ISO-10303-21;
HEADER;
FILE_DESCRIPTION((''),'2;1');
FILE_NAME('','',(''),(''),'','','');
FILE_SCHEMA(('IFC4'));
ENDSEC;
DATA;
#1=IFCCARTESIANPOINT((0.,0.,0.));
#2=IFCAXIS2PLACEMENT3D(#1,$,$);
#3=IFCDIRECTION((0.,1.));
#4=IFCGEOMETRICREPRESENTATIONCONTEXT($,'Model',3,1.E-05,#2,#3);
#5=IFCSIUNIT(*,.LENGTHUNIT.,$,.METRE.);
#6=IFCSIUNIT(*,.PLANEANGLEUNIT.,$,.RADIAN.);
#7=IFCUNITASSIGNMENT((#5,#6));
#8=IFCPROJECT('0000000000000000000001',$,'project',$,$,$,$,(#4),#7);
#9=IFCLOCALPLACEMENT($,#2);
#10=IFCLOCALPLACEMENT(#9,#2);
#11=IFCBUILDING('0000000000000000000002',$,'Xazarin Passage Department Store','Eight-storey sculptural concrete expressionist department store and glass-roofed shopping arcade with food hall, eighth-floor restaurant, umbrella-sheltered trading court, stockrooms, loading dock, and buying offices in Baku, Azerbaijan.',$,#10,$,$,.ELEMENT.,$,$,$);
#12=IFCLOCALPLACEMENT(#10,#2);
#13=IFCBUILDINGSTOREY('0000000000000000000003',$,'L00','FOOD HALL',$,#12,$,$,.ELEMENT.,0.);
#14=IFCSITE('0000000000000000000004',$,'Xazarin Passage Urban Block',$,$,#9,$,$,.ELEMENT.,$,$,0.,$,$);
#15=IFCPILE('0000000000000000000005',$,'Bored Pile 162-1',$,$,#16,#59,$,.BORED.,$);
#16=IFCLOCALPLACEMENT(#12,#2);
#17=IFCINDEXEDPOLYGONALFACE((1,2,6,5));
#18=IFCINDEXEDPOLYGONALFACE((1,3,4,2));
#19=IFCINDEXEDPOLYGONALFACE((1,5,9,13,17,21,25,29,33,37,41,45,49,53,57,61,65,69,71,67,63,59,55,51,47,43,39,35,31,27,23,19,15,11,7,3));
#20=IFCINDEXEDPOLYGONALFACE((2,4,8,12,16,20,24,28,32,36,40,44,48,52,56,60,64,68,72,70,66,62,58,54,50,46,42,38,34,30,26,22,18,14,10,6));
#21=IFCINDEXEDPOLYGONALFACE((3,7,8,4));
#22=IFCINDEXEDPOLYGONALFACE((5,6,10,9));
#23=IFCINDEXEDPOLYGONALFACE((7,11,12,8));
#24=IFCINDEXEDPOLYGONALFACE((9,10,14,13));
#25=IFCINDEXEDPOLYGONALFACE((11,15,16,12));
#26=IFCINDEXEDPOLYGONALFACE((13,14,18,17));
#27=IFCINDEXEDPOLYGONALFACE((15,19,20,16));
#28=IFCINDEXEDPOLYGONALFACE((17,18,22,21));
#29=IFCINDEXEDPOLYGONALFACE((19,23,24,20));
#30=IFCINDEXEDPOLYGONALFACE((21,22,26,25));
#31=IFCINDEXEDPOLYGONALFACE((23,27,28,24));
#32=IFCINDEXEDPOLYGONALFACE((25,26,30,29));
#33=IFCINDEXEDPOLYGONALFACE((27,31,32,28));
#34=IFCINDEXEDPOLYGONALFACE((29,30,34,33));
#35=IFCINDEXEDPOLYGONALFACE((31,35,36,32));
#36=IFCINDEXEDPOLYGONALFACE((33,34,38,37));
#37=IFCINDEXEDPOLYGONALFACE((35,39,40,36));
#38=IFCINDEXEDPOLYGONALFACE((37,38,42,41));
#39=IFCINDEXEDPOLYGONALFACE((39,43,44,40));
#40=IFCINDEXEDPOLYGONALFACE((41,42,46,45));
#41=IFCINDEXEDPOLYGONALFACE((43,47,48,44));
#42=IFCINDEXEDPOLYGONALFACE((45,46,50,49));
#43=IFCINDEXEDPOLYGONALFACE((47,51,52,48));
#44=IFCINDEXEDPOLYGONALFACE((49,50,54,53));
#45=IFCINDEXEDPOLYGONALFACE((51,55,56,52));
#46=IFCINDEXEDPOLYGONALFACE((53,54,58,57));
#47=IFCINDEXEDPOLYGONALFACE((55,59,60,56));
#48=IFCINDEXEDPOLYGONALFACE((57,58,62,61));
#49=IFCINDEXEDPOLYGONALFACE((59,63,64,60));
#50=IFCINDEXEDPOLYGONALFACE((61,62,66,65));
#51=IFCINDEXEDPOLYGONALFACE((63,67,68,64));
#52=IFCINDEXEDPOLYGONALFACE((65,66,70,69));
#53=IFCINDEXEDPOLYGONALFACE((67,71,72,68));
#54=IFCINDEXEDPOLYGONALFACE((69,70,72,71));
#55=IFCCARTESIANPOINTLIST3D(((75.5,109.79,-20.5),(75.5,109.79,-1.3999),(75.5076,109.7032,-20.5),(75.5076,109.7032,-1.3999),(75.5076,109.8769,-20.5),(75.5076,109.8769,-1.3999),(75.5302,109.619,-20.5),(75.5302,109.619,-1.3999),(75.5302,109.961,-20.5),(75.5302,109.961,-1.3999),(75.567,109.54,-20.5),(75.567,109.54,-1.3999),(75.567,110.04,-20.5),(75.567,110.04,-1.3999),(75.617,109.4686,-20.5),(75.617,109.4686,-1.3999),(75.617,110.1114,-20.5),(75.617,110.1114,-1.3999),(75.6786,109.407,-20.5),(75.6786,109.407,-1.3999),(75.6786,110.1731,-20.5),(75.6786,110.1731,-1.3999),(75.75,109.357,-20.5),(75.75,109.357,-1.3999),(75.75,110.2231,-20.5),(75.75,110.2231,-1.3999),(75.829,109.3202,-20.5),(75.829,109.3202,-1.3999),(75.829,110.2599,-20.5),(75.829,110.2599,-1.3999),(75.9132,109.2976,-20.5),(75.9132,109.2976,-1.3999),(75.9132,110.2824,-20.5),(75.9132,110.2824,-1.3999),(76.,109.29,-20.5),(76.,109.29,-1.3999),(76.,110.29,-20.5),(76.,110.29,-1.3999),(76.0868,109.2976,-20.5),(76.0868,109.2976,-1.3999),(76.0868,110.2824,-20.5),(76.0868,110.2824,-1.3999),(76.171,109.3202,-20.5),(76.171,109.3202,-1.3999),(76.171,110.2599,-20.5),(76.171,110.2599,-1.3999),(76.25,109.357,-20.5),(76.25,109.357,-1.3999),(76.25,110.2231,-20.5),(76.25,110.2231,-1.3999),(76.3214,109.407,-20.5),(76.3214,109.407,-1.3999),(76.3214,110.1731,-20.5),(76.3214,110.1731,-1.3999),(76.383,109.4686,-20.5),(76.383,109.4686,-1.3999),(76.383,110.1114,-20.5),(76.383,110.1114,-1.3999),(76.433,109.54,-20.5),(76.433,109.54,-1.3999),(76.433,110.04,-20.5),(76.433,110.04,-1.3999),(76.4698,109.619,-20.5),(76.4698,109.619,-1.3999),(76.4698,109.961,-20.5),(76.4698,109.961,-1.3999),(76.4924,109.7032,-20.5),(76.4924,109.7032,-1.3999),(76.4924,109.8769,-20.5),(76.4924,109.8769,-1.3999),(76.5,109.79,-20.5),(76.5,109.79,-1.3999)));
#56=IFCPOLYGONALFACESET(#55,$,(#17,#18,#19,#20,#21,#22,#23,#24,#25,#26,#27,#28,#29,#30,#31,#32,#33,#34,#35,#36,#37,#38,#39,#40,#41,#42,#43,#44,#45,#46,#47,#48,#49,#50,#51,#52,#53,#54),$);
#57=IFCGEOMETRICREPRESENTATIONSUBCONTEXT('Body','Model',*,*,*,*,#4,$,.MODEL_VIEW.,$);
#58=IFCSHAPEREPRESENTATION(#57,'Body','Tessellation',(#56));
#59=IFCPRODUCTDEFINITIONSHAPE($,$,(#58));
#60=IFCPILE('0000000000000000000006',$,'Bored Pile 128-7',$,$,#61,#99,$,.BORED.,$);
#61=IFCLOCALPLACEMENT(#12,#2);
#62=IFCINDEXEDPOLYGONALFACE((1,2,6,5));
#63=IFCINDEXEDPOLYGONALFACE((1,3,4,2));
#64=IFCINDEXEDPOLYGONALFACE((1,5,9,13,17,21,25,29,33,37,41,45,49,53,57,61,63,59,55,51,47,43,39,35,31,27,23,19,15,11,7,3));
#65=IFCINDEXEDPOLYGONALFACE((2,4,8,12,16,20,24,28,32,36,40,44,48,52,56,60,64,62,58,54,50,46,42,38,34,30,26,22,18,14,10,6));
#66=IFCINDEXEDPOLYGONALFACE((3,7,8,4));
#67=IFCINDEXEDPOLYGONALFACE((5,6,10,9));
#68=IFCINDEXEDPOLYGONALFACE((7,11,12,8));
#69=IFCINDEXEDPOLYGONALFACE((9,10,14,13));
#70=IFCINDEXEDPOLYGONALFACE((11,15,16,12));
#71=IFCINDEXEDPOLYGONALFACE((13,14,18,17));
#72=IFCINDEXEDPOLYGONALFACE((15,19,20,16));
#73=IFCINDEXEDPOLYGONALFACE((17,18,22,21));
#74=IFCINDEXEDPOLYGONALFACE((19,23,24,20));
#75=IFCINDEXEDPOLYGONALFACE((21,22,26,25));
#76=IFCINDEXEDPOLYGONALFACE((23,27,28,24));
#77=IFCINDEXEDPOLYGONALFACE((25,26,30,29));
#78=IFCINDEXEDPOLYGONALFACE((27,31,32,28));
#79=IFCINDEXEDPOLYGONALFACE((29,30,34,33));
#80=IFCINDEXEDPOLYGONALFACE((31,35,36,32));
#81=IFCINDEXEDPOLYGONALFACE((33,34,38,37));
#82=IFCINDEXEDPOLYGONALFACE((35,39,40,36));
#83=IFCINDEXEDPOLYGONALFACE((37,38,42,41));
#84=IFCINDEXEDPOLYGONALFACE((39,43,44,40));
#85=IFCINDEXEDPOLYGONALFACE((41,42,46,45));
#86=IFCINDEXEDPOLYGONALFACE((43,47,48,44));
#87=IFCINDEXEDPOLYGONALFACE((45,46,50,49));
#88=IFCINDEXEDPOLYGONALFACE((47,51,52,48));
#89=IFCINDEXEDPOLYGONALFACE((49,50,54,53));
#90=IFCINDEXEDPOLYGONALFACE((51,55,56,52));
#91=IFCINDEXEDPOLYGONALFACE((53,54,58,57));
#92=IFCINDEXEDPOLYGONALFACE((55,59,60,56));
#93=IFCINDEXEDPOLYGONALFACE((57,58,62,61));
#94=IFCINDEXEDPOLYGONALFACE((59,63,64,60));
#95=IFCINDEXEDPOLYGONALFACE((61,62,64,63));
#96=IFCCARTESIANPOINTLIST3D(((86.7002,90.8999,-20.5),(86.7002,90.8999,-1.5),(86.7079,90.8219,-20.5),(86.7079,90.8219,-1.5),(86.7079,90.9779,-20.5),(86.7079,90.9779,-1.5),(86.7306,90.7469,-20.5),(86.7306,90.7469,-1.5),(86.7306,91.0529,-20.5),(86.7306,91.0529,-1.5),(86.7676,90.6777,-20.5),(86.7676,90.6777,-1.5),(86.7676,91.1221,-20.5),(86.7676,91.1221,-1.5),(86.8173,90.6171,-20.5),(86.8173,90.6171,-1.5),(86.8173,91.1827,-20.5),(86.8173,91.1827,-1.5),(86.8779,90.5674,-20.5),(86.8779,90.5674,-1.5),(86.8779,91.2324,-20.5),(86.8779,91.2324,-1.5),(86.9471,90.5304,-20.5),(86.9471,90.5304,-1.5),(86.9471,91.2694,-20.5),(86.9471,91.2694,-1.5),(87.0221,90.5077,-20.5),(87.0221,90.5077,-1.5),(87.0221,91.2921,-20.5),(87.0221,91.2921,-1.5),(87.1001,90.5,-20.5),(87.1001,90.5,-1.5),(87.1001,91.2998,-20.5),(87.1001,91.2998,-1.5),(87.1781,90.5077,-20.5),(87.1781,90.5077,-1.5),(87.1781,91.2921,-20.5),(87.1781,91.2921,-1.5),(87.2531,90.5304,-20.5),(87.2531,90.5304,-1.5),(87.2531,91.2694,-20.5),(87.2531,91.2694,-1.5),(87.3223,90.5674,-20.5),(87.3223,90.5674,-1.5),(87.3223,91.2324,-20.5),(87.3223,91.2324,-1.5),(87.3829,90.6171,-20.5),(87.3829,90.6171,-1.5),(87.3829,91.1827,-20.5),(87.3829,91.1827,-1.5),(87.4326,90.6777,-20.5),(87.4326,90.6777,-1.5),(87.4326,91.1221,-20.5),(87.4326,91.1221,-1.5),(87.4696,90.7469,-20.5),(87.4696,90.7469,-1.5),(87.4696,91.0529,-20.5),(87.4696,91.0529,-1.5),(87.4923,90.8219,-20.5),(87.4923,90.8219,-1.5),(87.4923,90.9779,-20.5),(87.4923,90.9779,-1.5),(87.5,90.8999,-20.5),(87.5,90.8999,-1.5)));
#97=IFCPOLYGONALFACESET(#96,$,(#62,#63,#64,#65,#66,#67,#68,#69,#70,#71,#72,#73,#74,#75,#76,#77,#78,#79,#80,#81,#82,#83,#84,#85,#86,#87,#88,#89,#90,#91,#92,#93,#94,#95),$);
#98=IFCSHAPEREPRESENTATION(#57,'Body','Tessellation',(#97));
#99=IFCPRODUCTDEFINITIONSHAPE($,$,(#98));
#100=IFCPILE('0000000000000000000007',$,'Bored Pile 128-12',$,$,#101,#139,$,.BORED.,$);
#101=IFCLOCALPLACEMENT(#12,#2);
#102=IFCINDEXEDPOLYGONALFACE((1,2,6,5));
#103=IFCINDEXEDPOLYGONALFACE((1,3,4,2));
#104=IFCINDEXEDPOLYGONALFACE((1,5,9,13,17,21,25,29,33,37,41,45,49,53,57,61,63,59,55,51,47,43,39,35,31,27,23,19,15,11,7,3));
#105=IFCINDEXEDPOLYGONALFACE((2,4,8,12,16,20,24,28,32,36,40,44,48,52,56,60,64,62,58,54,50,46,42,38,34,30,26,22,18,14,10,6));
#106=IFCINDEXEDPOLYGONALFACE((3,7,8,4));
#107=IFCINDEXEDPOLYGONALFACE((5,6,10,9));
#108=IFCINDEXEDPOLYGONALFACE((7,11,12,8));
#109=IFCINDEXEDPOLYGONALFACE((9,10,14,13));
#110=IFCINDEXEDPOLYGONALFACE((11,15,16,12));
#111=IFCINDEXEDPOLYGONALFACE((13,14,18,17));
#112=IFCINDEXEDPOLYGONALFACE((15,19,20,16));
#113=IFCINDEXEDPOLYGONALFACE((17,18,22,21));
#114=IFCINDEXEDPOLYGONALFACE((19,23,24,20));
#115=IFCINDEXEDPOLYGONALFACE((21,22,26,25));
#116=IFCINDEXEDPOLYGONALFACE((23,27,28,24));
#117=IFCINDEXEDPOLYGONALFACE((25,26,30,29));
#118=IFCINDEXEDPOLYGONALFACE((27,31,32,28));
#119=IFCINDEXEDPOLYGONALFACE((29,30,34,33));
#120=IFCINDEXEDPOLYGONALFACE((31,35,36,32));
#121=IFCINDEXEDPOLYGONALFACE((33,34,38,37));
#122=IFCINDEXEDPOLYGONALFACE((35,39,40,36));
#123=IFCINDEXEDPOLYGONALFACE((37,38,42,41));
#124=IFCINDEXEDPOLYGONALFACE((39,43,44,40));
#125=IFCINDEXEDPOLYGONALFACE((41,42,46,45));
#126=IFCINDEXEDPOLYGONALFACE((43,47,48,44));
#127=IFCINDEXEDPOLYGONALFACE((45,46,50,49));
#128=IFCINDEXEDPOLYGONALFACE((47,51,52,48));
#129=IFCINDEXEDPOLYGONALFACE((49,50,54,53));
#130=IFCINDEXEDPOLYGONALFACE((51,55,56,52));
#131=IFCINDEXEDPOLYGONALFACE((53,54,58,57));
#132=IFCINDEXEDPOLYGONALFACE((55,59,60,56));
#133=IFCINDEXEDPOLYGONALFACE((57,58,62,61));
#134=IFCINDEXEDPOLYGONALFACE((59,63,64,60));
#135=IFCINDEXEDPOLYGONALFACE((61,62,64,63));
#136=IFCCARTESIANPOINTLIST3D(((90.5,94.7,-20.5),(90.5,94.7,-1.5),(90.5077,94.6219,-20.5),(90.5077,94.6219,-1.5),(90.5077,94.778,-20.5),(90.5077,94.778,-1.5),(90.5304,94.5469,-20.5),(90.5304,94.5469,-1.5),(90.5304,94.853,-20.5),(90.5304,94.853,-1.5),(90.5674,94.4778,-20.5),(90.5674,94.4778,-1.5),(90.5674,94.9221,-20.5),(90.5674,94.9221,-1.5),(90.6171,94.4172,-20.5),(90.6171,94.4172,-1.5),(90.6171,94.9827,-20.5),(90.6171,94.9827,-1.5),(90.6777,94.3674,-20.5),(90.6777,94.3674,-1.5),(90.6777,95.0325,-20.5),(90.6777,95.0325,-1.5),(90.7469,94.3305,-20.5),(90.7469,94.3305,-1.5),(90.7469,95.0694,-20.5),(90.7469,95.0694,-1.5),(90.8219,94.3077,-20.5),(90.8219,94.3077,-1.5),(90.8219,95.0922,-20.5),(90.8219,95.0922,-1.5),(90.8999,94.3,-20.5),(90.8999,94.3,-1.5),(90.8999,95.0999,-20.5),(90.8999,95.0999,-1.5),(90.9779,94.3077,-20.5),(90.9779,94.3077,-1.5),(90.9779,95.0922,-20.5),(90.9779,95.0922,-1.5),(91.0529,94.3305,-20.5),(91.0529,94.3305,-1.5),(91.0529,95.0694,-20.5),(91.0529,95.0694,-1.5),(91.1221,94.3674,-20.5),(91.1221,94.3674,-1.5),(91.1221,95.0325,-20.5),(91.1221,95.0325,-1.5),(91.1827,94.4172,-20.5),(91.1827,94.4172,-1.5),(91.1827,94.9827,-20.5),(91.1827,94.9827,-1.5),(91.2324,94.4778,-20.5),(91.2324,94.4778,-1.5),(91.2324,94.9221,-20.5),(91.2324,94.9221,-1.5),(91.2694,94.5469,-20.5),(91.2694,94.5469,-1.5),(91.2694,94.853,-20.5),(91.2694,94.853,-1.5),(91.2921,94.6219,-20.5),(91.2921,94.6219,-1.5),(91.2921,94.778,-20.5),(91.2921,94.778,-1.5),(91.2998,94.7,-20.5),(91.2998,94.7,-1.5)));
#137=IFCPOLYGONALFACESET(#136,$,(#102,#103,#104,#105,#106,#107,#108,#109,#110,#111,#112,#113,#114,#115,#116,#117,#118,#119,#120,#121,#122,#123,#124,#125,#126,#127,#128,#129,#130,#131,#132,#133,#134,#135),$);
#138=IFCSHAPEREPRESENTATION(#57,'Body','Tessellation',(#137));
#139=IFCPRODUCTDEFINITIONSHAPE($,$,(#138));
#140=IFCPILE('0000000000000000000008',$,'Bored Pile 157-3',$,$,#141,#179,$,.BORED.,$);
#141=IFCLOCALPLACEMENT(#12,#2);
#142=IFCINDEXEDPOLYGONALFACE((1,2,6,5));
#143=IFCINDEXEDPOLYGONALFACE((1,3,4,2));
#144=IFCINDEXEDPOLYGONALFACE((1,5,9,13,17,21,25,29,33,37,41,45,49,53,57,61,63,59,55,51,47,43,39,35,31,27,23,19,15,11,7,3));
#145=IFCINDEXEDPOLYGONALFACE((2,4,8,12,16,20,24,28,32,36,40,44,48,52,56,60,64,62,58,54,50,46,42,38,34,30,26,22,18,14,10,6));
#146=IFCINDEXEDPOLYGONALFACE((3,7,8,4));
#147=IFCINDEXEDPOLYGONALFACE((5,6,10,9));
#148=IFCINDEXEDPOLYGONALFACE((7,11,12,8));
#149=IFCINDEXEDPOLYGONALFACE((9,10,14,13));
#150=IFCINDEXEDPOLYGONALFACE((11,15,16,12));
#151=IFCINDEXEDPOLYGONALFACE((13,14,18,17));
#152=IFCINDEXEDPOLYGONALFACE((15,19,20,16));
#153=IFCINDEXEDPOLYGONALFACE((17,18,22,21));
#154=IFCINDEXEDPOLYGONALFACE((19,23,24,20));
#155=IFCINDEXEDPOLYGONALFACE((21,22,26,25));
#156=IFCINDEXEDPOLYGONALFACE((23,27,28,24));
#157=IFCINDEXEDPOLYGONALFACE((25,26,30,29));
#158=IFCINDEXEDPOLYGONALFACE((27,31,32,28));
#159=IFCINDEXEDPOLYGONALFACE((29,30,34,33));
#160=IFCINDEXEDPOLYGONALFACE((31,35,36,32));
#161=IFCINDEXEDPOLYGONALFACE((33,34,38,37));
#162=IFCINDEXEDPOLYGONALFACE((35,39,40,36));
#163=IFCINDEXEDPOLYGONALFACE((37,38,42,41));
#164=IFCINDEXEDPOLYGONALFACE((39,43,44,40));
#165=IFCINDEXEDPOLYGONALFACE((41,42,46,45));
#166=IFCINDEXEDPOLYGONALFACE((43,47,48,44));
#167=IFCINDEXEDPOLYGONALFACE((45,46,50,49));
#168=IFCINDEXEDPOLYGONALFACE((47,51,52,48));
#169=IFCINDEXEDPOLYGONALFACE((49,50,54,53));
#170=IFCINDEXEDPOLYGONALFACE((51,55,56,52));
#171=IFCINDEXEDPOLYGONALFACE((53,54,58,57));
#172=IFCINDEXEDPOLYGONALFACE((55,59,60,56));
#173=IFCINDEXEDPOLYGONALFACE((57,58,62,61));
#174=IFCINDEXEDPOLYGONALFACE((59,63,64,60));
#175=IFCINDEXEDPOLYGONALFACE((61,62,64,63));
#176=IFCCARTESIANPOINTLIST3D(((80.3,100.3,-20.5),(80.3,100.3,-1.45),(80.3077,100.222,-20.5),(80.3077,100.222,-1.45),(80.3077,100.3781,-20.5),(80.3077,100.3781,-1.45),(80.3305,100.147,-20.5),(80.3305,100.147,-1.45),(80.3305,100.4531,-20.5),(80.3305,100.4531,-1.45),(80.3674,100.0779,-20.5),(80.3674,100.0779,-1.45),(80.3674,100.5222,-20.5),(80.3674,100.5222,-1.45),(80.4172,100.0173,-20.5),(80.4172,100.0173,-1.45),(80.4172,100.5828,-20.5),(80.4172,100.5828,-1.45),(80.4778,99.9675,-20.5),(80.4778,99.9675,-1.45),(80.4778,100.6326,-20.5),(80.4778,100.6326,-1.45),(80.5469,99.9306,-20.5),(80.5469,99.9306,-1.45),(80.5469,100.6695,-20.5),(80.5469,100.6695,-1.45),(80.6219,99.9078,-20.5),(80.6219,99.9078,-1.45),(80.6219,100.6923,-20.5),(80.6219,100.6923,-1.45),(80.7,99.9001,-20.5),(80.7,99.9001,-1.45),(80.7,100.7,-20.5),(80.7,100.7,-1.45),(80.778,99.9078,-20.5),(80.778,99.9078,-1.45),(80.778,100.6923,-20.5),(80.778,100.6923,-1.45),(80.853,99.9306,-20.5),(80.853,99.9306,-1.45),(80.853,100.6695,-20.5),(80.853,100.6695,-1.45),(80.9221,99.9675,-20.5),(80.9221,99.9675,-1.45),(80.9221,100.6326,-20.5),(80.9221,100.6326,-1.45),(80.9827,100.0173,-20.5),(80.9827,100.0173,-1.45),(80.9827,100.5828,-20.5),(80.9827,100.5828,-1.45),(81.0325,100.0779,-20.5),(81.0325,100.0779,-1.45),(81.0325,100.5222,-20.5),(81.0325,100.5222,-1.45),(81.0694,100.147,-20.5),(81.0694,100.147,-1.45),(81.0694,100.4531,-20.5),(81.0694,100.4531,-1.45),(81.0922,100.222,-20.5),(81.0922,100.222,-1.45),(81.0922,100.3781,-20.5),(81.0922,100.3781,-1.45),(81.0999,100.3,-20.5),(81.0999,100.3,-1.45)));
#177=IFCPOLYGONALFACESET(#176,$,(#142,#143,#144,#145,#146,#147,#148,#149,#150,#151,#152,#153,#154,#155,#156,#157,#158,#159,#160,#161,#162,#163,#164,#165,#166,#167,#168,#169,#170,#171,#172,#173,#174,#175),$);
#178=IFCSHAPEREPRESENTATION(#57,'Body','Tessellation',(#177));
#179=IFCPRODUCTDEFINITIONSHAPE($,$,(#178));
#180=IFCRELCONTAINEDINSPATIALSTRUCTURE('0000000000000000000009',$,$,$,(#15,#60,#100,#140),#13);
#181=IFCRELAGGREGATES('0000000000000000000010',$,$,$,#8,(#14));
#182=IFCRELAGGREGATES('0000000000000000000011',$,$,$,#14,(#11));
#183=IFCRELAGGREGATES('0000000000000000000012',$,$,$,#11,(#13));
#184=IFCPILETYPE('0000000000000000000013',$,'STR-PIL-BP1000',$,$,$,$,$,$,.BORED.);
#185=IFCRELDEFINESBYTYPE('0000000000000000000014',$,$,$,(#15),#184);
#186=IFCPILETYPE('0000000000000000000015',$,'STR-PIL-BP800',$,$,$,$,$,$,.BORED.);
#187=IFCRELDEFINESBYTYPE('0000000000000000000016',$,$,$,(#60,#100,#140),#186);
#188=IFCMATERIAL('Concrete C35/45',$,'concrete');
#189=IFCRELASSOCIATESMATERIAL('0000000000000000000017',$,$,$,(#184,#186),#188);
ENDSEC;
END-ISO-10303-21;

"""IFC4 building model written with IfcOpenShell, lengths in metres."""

from ifc_helpers import new_model, si_unit, direction, frame, origin, origin_2d, place, context, subcontext, project, spatial, circle, extrude, material, material_profile, profile_set, type_object, element, save


model = new_model("IFC4")

# Units and contexts
model_context = context("Model", 3, precision=1e-05, world=origin(), true_north=direction((0.0, 1.0)))
body_context = subcontext(model_context, "Body", "Model", "MODEL_VIEW")
ifc_project = project(units=[si_unit("LENGTHUNIT", "METRE"), si_unit("PLANEANGLEUNIT", "RADIAN")], contexts=[model_context])

# Site, building, storey
site_placement = place(None, origin())
site = spatial("IfcSite", under=ifc_project, at=site_placement, Name="Xazarin Passage Urban Block", CompositionType="ELEMENT", RefElevation=0.0)
building_placement = place(site_placement, origin())
building = spatial("IfcBuilding", under=site, at=building_placement, Name="Xazarin Passage Department Store", Description="Eight-storey sculptural concrete expressionist department store and glass-roofed shopping arcade with food hall, eighth-floor restaurant, umbrella-sheltered trading court, stockrooms, loading dock, and buying offices in Baku, Azerbaijan.", CompositionType="ELEMENT")
storey_placement = place(building_placement, origin())
storey = spatial("IfcBuildingStorey", under=building, at=storey_placement, Name="L00", Description="FOOD HALL", CompositionType="ELEMENT", Elevation=0.0)

# Shared definitions
ifc_material_1 = material(Name="Concrete C35/45", Category="concrete")

# Piles
ifc_material_profile_1 = material_profile(ifc_material_1, circle(Radius=0.5, at=origin_2d()), Name="BP 1000")
ifc_profile_set_1 = profile_set([ifc_material_profile_1], Name="Concrete C35/45")
pile_type_1 = type_object("IfcPileType", Name="STR-PIL-BP1000", PredefinedType="BORED", material=ifc_profile_set_1)
pile_1_placement = place(storey_placement, frame((76.0, 109.79, -1.3999), z_axis=(0.0, 0.0, -1.0), x_axis=(1.0, 0.0, 0.0)))
element("IfcPile", 1, at=pile_1_placement, inside=storey, type_object=pile_type_1, Name="Bored Pile 162-1", PredefinedType="BORED", context=body_context, shape_type="SweptSolid", body=[
    extrude(circle(Radius=0.5, at=origin_2d()), origin(), (0.0, 0.0, 1.0), 19.1001),
])
ifc_material_profile_2 = material_profile(ifc_material_1, circle(Radius=0.3999, at=origin_2d()), Name="BP 800")
ifc_profile_set_2 = profile_set([ifc_material_profile_2], Name="Concrete C35/45")
pile_type_2 = type_object("IfcPileType", Name="STR-PIL-BP800", PredefinedType="BORED", material=ifc_profile_set_2)
for number, where, z_axis, x_axis, name in (
    (2, (87.1001, 90.8999, -1.5), (0.0, 0.0, -1.0), (1.0, 0.0, 0.0), "Bored Pile 128-7"),
    (3, (90.8999, 94.7, -1.5), (0.0, 0.0, -1.0), (1.0, 0.0, 0.0), "Bored Pile 128-12"),
):
    element("IfcPile", number, at=place(storey_placement, frame(where, z_axis=z_axis, x_axis=x_axis)), inside=storey, type_object=pile_type_2, Name=name, PredefinedType="BORED", context=body_context, shape_type="SweptSolid", body=[
        extrude(circle(Radius=0.3999, at=origin_2d()), origin(), (0.0, 0.0, 1.0), 19.0),
    ])
for number, where, z_axis, x_axis, name in (
    (4, (80.7, 100.3, -1.45), (0.0, 0.0, -1.0), (1.0, 0.0, 0.0), "Bored Pile 157-3"),
):
    element("IfcPile", number, at=place(storey_placement, frame(where, z_axis=z_axis, x_axis=x_axis)), inside=storey, type_object=pile_type_2, Name=name, PredefinedType="BORED", context=body_context, shape_type="SweptSolid", body=[
        extrude(circle(Radius=0.3999, at=origin_2d()), origin(), (0.0, 0.0, 1.0), 19.05),
    ])

save(model, "model.ifc")
